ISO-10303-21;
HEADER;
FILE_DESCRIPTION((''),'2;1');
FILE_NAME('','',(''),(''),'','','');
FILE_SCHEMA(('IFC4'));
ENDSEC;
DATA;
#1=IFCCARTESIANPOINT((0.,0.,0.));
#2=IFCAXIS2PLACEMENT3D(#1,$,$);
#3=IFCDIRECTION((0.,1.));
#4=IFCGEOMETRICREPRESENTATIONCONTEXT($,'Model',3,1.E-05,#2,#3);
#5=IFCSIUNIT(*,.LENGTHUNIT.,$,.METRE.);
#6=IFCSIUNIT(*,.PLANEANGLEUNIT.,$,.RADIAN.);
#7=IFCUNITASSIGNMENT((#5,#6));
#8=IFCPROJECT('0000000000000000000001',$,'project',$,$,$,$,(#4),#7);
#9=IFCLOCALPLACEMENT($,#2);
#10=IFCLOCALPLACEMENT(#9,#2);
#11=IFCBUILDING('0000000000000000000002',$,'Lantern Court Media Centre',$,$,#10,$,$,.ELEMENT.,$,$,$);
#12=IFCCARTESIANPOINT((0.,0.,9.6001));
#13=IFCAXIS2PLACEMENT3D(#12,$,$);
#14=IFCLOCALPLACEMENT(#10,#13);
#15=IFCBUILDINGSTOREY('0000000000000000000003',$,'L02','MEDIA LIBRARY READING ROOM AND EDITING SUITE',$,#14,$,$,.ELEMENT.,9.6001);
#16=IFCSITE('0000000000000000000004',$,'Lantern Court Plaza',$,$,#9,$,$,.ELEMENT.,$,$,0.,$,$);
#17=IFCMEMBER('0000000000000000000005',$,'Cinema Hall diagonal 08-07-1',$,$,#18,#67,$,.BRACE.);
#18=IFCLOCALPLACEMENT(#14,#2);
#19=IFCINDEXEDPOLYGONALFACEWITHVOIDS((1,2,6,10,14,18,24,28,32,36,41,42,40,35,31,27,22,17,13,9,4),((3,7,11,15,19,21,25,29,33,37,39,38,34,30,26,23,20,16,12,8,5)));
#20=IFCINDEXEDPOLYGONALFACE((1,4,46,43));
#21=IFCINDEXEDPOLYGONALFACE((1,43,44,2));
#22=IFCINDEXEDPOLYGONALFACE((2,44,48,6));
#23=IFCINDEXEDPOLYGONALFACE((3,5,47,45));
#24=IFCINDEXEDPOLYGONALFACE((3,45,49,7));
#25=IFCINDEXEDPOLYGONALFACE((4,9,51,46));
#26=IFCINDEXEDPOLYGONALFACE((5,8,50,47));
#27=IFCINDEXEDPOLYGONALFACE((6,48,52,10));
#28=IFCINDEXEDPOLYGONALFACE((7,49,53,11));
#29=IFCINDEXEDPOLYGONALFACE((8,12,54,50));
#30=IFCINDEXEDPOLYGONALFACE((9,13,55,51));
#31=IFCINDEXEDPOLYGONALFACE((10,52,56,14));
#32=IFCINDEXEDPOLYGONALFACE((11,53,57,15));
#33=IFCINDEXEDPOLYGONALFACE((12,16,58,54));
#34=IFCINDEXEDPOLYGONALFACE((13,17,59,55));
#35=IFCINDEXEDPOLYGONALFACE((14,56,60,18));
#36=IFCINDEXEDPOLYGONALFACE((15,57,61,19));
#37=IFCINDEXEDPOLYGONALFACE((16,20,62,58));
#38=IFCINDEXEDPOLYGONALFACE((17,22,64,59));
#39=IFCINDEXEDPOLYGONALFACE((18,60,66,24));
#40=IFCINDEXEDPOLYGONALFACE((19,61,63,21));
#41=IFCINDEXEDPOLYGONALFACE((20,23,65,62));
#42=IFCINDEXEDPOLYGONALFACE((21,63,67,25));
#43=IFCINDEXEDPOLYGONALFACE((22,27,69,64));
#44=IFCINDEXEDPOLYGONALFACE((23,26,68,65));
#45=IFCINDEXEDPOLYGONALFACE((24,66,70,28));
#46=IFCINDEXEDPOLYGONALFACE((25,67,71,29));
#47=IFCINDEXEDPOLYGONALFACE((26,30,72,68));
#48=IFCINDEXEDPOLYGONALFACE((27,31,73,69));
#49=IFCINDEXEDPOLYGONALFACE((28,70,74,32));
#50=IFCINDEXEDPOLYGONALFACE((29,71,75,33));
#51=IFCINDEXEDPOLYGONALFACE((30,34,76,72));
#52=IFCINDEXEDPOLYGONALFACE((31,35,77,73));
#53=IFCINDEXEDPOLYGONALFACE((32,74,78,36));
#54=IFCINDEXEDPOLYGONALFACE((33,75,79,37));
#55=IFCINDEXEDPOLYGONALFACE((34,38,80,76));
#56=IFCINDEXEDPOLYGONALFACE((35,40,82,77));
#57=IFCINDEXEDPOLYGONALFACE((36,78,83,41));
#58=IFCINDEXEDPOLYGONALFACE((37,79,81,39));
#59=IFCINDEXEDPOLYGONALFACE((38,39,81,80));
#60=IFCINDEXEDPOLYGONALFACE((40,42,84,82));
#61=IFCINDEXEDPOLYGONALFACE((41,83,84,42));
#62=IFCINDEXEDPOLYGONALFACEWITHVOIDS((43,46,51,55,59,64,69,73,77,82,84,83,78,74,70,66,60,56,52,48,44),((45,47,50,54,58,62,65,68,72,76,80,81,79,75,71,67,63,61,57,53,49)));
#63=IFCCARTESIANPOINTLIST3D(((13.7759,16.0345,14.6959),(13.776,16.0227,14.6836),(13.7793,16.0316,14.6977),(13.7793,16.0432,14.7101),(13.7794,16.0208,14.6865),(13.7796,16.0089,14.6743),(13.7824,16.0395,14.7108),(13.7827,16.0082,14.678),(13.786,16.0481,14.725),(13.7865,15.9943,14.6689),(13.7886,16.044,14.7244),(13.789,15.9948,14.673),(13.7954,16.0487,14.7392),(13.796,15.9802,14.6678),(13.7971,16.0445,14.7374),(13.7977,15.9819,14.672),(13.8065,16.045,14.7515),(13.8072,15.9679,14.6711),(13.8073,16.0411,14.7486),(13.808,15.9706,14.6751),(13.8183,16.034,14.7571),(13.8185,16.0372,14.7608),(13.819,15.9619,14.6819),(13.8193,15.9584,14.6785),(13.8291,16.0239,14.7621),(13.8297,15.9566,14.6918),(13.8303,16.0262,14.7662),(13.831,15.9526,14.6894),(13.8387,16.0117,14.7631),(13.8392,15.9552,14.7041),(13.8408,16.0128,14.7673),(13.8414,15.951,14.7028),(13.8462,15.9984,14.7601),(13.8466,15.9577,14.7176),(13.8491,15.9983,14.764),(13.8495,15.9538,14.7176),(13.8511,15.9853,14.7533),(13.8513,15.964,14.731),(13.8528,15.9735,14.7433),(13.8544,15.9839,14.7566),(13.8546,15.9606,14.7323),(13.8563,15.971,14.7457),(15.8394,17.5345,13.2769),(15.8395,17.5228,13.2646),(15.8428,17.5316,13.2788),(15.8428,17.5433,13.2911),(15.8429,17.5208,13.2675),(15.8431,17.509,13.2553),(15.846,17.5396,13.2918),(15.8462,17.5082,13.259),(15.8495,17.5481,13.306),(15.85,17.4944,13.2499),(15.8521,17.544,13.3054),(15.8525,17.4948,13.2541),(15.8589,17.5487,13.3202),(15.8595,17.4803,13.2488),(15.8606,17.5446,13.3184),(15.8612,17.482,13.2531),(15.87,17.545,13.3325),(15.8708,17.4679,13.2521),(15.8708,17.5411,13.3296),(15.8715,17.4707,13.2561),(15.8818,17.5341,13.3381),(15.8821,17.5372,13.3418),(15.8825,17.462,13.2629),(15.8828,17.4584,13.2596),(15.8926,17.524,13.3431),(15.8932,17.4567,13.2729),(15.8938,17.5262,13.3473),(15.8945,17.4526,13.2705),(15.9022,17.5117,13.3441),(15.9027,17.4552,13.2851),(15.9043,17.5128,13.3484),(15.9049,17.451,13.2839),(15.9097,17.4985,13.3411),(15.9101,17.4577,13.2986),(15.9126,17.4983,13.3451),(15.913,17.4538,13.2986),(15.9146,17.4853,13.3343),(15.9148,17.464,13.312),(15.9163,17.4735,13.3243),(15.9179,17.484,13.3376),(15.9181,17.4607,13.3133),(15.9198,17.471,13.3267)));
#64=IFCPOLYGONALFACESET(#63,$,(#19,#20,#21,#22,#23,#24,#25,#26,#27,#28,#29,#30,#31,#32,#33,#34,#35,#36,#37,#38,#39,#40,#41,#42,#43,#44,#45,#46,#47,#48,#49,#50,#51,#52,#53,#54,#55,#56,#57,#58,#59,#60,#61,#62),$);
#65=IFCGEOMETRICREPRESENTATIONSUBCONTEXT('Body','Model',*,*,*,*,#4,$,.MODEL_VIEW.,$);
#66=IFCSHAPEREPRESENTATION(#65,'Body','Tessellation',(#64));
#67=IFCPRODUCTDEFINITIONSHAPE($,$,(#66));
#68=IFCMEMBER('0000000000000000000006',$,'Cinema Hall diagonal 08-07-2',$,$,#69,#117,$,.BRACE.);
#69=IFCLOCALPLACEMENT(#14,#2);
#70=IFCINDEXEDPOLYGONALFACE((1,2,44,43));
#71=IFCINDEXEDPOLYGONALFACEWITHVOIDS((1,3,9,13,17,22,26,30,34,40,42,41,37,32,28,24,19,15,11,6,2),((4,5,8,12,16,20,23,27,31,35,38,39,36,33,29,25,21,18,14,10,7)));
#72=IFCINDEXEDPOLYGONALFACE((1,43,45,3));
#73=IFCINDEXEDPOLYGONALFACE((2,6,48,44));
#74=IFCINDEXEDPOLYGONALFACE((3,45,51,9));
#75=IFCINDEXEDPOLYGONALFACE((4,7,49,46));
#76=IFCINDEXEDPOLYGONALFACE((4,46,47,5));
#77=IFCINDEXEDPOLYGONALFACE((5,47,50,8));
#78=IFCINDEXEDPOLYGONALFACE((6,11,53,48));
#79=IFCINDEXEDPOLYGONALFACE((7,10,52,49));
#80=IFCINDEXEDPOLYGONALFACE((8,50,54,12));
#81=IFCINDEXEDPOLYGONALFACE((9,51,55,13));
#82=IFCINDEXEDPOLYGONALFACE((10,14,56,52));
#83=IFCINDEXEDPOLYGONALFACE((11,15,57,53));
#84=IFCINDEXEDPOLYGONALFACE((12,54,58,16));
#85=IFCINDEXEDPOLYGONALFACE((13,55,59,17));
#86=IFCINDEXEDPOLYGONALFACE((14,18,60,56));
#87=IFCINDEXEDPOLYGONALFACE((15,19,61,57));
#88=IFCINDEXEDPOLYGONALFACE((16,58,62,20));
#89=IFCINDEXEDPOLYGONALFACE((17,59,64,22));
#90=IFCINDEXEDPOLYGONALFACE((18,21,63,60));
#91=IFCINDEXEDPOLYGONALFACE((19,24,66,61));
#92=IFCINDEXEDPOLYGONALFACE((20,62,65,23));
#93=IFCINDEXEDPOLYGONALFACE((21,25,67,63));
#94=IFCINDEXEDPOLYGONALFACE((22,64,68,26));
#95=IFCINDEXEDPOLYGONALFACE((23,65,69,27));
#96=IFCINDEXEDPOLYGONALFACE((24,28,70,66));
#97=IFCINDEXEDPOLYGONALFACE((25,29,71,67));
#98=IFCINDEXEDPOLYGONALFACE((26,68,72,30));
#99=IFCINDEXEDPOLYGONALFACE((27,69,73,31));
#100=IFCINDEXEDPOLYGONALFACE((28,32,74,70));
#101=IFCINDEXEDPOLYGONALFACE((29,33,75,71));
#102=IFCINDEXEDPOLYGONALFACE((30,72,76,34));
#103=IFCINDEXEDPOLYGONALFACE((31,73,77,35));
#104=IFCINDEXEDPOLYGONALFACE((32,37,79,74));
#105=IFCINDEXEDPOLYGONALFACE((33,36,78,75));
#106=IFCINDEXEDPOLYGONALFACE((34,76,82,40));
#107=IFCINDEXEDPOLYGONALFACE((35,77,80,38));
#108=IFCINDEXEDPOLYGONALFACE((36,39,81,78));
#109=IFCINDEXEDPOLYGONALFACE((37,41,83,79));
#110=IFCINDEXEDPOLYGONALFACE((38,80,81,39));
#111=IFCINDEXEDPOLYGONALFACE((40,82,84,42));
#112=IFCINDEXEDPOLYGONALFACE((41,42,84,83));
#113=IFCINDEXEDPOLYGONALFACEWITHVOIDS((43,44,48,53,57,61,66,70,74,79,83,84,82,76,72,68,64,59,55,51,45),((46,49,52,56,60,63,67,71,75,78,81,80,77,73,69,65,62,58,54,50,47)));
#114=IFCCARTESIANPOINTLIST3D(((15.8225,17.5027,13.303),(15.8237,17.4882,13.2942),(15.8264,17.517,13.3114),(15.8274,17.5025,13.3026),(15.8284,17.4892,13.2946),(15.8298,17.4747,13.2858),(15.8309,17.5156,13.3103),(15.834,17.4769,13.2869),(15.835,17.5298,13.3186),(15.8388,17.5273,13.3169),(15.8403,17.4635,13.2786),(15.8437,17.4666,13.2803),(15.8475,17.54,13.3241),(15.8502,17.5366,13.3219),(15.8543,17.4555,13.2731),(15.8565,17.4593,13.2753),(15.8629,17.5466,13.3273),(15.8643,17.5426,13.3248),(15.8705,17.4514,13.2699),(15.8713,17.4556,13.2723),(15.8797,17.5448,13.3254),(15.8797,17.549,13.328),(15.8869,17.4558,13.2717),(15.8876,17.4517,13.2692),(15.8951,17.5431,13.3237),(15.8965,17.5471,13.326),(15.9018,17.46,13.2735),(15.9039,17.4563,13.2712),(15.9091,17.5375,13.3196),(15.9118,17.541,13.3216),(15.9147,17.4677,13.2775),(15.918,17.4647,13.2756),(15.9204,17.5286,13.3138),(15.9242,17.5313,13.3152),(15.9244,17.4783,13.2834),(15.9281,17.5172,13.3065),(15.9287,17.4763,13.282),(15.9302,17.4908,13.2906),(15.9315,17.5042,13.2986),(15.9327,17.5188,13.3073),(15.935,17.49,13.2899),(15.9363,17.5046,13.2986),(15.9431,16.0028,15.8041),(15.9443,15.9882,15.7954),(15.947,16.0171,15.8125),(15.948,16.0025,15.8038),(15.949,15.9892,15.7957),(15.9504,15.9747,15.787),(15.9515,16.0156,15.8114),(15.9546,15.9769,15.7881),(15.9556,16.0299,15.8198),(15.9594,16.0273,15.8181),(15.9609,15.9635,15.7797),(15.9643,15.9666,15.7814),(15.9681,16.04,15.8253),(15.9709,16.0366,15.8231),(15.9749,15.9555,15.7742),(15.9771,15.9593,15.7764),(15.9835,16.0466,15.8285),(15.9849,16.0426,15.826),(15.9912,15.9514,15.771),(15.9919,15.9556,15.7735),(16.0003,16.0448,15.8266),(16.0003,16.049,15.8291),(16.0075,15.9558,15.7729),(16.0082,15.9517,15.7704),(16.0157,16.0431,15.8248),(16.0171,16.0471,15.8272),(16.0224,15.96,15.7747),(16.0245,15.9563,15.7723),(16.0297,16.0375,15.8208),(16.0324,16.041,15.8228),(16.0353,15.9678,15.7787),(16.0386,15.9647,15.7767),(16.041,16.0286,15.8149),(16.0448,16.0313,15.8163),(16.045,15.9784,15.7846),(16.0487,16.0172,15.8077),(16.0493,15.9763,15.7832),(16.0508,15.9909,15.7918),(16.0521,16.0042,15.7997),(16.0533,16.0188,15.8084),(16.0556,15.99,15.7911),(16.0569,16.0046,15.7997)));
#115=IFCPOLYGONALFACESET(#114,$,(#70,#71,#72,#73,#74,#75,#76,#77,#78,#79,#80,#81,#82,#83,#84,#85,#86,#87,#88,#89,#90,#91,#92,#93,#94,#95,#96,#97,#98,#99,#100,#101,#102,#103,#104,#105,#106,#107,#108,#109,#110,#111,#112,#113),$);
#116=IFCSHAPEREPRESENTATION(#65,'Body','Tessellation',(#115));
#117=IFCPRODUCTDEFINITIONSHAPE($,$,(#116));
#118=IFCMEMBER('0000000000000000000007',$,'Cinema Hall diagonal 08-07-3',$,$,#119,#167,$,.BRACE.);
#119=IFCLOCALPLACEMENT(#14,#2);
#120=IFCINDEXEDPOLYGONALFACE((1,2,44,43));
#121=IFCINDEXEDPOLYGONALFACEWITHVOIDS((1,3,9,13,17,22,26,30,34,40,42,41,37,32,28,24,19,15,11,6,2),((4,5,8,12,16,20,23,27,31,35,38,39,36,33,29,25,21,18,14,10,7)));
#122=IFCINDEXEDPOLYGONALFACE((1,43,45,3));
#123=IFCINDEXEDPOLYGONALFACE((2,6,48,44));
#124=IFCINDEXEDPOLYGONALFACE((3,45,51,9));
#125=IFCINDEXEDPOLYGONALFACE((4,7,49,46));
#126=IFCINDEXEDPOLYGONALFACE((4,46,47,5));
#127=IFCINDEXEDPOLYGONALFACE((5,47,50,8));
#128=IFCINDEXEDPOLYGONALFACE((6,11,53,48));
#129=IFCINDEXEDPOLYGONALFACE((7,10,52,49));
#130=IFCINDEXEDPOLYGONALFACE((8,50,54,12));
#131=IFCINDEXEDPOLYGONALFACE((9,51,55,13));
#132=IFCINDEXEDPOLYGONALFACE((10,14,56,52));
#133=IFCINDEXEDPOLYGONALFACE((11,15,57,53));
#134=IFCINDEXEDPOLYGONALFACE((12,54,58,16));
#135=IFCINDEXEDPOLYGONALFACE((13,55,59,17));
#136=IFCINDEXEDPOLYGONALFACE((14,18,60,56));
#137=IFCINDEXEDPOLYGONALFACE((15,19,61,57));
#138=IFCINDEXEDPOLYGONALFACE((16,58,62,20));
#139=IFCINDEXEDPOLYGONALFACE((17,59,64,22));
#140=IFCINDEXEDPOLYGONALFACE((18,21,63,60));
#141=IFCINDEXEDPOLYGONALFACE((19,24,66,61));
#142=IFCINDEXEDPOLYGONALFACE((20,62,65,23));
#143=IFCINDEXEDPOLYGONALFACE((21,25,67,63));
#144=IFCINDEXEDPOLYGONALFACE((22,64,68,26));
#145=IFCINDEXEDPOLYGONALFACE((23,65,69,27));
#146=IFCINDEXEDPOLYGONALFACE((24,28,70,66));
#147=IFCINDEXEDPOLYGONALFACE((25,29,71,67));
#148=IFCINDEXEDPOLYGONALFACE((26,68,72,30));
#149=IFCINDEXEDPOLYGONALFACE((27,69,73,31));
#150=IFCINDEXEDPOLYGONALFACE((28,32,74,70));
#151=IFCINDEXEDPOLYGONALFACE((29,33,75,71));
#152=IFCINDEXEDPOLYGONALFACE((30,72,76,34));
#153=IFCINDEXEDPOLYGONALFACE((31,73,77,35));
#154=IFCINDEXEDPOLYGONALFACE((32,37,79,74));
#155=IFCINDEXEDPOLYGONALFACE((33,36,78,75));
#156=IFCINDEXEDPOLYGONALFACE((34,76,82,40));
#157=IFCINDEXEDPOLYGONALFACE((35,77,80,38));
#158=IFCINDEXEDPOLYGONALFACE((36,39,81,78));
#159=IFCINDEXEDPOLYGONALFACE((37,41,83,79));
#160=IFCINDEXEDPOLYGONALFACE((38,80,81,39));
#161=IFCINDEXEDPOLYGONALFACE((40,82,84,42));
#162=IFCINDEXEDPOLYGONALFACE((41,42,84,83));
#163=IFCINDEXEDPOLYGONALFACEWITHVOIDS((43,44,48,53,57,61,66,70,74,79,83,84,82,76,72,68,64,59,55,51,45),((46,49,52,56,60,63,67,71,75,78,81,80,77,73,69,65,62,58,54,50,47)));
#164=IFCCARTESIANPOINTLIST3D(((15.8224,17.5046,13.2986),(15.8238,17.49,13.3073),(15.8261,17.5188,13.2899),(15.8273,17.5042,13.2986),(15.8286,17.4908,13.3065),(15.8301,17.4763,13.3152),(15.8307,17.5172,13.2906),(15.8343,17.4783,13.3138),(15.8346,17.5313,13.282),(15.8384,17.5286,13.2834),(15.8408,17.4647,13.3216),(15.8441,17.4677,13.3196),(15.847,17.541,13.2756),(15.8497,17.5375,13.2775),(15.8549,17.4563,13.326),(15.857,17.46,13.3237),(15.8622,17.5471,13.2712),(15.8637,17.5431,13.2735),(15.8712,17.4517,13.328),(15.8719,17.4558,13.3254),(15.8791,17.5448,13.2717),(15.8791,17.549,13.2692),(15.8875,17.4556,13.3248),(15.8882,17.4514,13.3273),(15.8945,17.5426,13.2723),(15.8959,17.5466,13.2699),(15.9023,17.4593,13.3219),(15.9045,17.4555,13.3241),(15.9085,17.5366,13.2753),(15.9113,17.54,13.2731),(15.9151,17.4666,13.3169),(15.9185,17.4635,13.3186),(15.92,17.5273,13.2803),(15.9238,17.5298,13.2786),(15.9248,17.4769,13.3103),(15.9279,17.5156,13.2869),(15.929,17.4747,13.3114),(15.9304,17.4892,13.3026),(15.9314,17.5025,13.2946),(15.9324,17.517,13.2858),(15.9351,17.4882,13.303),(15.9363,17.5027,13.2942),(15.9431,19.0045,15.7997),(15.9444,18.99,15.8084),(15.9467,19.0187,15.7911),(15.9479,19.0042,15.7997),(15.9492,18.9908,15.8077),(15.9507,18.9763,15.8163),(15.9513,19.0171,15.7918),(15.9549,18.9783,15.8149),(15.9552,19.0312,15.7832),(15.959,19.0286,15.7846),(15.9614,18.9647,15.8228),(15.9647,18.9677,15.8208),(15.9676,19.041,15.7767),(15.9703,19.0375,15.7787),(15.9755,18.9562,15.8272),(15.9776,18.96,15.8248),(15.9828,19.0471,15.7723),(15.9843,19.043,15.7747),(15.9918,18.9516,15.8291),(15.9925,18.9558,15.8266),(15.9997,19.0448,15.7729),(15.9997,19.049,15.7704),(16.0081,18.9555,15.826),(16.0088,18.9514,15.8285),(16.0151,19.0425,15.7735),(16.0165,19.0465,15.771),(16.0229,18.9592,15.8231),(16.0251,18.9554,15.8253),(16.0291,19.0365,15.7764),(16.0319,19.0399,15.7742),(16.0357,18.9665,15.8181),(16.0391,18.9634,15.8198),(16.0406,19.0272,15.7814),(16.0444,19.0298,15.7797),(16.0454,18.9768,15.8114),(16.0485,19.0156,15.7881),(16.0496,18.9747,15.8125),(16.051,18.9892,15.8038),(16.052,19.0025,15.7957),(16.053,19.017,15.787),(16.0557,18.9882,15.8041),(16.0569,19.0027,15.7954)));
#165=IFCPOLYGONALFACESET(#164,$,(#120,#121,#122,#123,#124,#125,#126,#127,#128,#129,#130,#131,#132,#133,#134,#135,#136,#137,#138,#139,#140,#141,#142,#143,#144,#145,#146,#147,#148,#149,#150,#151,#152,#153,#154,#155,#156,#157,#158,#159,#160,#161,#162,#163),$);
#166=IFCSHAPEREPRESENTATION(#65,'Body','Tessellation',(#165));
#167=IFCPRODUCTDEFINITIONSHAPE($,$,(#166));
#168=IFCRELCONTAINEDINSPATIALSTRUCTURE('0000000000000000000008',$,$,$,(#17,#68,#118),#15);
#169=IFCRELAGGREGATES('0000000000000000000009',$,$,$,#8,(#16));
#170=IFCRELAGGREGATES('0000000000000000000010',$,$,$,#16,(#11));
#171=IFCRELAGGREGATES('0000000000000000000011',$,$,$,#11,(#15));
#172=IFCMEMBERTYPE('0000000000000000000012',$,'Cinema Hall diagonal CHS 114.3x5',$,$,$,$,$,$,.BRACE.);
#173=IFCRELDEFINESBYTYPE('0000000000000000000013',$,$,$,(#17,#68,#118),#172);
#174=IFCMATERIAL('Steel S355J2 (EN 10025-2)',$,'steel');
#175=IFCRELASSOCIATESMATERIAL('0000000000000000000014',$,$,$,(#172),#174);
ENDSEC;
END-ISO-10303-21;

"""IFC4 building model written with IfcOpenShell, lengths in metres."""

from ifc_helpers import new_model, si_unit, direction, frame, origin, origin_2d, place, context, subcontext, project, spatial, hollow_circle, extrude, material, material_profile, profile_set, type_object, element, save


model = new_model("IFC4")

# Units and contexts
model_context = context("Model", 3, precision=1e-05, world=origin(), true_north=direction((0.0, 1.0)))
body_context = subcontext(model_context, "Body", "Model", "MODEL_VIEW")
ifc_project = project(units=[si_unit("LENGTHUNIT", "METRE"), si_unit("PLANEANGLEUNIT", "RADIAN")], contexts=[model_context])

# Site, building, storey
site_placement = place(None, origin())
site = spatial("IfcSite", under=ifc_project, at=site_placement, Name="Lantern Court Plaza", CompositionType="ELEMENT", RefElevation=0.0)
building_placement = place(site_placement, origin())
building = spatial("IfcBuilding", under=site, at=building_placement, Name="Lantern Court Media Centre", CompositionType="ELEMENT")
storey_placement = place(building_placement, frame((0.0, 0.0, 9.6001)))
storey = spatial("IfcBuildingStorey", under=building, at=storey_placement, Name="L02", Description="MEDIA LIBRARY READING ROOM AND EDITING SUITE", CompositionType="ELEMENT", Elevation=9.6001)

# Members
ifc_material = material(Name="Steel S355J2 (EN 10025-2)", Category="steel")
ifc_material_profile_1 = material_profile(ifc_material, hollow_circle(Radius=0.0571, WallThickness=0.0049, at=origin_2d()), Name="Cinema Hall diagonal CHS 114.3x5")
ifc_profile_set_1 = profile_set([ifc_material_profile_1], Name="Steel S355J2 (EN 10025-2)")
member_type_1 = type_object("IfcMemberType", Name="Cinema Hall diagonal CHS 114.3x5", PredefinedType="BRACE", material=ifc_profile_set_1)
for number, where, z_axis, x_axis, name in (
    (1, (15.8794, 17.5, 13.2986), (-0.70688, -0.513851, 0.486084), (0.58799, -0.808868, 0.0), "Cinema Hall diagonal 08-07-1"),
):
    element("IfcMember", number, at=place(storey_placement, frame(where, z_axis=z_axis, x_axis=x_axis)), inside=storey, type_object=member_type_1, Name=name, PredefinedType="BRACE", context=body_context, shape_type="SweptSolid", body=[
        extrude(hollow_circle(Radius=0.0571, WallThickness=0.0049, at=origin_2d()), origin(), (0.0, 0.0, 1.0), 2.9192),
    ])
for number, where, z_axis, x_axis, name in (
    (2, (15.8794, 17.5, 13.2986), (0.041317, -0.513872, 0.856871), (0.996783, 0.080145, 0.0), "Cinema Hall diagonal 08-07-2"),
    (3, (15.8794, 17.5, 13.2986), (0.041317, 0.513872, 0.856871), (-0.996783, 0.080145, 0.0), "Cinema Hall diagonal 08-07-3"),
):
    element("IfcMember", number, at=place(storey_placement, frame(where, z_axis=z_axis, x_axis=x_axis)), inside=storey, type_object=member_type_1, Name=name, PredefinedType="BRACE", context=body_context, shape_type="SweptSolid", body=[
        extrude(hollow_circle(Radius=0.0571, WallThickness=0.0049, at=origin_2d()), origin(), (0.0, 0.0, 1.0), 2.9189),
    ])

save(model, "model.ifc")
